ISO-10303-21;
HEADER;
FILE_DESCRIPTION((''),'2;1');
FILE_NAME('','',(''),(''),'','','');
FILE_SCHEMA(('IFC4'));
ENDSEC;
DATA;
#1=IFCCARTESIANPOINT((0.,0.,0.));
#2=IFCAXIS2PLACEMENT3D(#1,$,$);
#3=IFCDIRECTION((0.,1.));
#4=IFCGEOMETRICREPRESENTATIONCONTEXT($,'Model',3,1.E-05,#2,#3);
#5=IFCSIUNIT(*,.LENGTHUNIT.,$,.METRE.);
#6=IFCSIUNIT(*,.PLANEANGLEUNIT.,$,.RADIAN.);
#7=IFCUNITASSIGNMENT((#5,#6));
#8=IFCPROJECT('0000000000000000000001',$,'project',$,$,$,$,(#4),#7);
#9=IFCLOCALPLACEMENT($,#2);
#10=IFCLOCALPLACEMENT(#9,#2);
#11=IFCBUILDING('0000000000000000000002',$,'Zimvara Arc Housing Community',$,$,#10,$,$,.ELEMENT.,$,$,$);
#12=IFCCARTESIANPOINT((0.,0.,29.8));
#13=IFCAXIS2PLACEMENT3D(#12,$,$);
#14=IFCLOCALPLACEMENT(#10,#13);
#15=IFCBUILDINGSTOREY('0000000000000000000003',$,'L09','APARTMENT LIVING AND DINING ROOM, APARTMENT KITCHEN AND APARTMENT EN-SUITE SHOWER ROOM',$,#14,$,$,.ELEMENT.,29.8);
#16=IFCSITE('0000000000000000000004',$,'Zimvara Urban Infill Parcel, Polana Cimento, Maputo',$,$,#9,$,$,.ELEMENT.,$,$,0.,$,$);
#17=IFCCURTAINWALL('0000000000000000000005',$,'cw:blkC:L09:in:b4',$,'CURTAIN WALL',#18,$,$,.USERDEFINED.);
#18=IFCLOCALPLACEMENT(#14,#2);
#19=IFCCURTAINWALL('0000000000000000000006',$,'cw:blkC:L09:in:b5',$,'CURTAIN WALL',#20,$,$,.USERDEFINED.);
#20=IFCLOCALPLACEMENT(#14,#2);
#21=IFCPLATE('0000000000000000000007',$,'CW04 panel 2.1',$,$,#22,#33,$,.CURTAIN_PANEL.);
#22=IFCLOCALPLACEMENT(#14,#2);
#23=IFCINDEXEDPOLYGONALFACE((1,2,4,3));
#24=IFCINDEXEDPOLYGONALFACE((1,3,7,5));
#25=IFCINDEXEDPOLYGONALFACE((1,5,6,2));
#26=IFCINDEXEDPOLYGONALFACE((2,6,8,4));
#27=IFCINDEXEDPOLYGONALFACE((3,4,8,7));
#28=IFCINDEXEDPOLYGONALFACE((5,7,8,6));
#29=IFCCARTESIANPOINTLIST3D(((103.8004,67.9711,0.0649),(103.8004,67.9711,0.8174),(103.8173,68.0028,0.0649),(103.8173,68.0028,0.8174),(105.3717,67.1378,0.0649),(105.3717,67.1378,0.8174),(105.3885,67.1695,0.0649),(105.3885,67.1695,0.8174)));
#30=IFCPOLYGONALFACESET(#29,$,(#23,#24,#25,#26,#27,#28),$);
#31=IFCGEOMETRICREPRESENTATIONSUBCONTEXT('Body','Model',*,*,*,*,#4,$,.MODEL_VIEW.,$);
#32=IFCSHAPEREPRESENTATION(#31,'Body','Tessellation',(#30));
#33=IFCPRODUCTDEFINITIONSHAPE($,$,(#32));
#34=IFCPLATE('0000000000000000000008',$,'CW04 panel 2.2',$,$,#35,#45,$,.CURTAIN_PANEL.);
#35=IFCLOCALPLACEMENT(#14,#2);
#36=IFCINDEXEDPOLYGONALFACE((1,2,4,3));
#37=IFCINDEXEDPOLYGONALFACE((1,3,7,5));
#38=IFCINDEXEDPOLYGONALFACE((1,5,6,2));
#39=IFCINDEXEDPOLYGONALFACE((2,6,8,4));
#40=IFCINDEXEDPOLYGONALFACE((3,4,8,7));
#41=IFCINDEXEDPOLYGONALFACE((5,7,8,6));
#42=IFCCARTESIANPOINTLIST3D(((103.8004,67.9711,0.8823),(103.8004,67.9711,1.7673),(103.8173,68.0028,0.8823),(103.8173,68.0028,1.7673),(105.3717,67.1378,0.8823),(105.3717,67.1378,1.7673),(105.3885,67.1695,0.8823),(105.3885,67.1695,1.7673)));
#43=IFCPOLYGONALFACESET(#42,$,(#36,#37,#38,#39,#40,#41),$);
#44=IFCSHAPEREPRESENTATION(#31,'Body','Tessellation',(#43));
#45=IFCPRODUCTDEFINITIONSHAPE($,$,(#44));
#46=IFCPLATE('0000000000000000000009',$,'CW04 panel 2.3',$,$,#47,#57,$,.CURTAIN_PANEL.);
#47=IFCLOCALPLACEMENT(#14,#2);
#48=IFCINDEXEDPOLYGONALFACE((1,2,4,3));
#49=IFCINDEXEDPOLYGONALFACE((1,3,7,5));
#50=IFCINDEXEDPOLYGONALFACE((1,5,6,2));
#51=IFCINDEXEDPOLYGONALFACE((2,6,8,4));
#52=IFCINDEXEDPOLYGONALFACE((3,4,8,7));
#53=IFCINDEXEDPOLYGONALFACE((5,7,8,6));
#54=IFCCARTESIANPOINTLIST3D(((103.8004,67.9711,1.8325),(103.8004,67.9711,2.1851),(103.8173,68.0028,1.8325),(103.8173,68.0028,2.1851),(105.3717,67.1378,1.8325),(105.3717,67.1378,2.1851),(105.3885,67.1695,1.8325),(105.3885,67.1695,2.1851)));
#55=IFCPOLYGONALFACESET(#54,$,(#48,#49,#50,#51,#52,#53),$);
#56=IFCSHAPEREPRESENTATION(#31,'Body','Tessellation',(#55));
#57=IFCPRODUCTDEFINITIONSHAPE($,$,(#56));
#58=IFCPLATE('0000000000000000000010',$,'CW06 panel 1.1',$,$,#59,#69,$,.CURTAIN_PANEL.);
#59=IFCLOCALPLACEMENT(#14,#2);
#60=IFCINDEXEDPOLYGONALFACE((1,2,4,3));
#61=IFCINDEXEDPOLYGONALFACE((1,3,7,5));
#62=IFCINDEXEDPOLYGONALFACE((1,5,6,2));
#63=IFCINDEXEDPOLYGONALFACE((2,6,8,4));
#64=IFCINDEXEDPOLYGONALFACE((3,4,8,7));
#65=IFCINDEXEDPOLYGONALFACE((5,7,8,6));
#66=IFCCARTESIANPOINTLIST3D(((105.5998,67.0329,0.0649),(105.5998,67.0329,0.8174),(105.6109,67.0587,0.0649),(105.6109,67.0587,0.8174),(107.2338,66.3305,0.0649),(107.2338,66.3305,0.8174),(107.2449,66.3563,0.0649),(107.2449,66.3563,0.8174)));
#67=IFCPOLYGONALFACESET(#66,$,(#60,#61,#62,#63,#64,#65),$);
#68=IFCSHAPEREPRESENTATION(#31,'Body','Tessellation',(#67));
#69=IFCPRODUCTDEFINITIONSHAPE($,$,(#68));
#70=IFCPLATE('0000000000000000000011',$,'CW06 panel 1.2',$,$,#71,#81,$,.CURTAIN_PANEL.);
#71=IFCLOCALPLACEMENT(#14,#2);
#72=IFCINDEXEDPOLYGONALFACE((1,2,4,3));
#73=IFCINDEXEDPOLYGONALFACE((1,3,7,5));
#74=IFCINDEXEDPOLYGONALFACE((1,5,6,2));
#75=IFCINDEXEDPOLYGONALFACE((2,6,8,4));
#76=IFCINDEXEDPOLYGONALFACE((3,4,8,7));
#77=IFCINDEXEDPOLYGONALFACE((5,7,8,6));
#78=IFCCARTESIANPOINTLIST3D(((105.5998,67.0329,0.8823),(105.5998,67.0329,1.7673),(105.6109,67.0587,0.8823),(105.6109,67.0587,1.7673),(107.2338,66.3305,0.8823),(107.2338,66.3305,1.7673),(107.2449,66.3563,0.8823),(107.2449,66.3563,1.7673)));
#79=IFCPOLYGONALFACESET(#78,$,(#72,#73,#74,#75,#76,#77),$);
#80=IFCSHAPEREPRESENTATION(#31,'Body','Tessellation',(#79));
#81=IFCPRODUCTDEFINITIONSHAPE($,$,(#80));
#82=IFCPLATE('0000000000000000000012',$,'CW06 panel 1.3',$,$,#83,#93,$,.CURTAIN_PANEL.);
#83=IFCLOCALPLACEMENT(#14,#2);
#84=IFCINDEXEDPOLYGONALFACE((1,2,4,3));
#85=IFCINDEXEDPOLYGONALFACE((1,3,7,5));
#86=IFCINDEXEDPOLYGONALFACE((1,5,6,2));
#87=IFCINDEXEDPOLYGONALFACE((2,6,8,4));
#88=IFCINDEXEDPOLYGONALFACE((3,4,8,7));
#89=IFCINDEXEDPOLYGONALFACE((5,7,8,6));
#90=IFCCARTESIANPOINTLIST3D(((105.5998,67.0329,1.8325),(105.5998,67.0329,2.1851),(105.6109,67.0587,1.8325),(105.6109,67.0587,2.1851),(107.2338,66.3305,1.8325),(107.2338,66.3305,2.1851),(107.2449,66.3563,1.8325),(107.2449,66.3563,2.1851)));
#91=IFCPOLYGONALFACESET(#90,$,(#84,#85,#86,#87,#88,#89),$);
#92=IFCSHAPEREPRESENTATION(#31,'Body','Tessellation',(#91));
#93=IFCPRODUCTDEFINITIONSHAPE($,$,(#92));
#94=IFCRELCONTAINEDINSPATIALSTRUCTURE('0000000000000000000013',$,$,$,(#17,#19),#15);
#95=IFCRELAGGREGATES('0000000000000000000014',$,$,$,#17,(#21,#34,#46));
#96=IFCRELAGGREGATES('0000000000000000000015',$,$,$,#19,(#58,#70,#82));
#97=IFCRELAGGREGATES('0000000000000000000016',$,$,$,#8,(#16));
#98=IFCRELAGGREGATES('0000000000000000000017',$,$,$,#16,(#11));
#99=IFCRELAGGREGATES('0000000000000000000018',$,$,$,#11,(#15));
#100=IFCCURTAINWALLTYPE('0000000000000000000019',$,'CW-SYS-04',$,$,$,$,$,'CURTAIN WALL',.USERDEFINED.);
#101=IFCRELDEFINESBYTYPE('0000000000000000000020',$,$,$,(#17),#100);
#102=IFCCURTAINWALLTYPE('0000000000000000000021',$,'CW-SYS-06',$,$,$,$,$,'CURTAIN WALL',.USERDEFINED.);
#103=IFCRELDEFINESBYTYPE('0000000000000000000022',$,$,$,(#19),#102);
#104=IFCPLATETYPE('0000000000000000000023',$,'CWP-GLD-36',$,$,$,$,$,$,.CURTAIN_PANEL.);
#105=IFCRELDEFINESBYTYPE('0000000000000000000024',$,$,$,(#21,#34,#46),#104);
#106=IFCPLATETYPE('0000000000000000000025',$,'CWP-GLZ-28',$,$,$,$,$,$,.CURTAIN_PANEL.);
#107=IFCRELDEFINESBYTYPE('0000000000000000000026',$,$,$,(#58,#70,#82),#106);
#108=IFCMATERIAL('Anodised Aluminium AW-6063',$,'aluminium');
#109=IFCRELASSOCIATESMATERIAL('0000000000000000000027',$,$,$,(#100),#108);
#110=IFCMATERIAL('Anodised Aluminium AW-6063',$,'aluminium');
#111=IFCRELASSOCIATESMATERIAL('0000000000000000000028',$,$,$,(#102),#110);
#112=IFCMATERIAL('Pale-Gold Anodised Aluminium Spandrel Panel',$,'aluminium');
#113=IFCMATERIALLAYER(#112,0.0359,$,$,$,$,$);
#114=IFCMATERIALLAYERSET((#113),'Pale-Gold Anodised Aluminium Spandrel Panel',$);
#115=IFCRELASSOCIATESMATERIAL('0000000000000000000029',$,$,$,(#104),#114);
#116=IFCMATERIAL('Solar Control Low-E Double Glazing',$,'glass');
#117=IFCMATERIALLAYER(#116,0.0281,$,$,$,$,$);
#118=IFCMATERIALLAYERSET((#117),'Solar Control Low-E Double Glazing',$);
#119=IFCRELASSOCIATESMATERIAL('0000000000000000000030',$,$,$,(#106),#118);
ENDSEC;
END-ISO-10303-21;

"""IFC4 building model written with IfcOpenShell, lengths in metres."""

from ifc_helpers import new_model, si_unit, direction, frame, origin, origin_2d, place, context, subcontext, project, spatial, rectangle, extrude, material, layer, layer_set, type_object, element, aggregate, save


model = new_model("IFC4")

# Units and contexts
model_context = context("Model", 3, precision=1e-05, world=origin(), true_north=direction((0.0, 1.0)))
body_context = subcontext(model_context, "Body", "Model", "MODEL_VIEW")
ifc_project = project(units=[si_unit("LENGTHUNIT", "METRE"), si_unit("PLANEANGLEUNIT", "RADIAN")], contexts=[model_context])

# Site, building, storey
site_placement = place(None, origin())
site = spatial("IfcSite", under=ifc_project, at=site_placement, Name="Zimvara Urban Infill Parcel, Polana Cimento, Maputo", CompositionType="ELEMENT", RefElevation=0.0)
building_placement = place(site_placement, origin())
building = spatial("IfcBuilding", under=site, at=building_placement, Name="Zimvara Arc Housing Community", CompositionType="ELEMENT")
storey_placement = place(building_placement, frame((0.0, 0.0, 29.8)))
storey = spatial("IfcBuildingStorey", under=building, at=storey_placement, Name="L09", Description="APARTMENT LIVING AND DINING ROOM, APARTMENT KITCHEN AND APARTMENT EN-SUITE SHOWER ROOM", CompositionType="ELEMENT", Elevation=29.8)

# Curtain wall
ifc_material_1 = material(Name="Anodised Aluminium AW-6063", Category="aluminium")
curtain_wall_type_1 = type_object("IfcCurtainWallType", Name="CW-SYS-04", ElementType="CURTAIN WALL", PredefinedType="USERDEFINED", material=ifc_material_1)
curtain_wall_1_placement = place(storey_placement, origin())
curtain_wall_1 = element("IfcCurtainWall", 1, at=curtain_wall_1_placement, inside=storey, type_object=curtain_wall_type_1, Name="cw:blkC:L09:in:b4", ObjectType="CURTAIN WALL", PredefinedType="USERDEFINED")

# Curtain wall
ifc_material_2 = material(Name="Anodised Aluminium AW-6063", Category="aluminium")
curtain_wall_type_2 = type_object("IfcCurtainWallType", Name="CW-SYS-06", ElementType="CURTAIN WALL", PredefinedType="USERDEFINED", material=ifc_material_2)
curtain_wall_2_placement = place(storey_placement, origin())
curtain_wall_2 = element("IfcCurtainWall", 2, at=curtain_wall_2_placement, inside=storey, type_object=curtain_wall_type_2, Name="cw:blkC:L09:in:b5", ObjectType="CURTAIN WALL", PredefinedType="USERDEFINED")

# Plates
ifc_material_3 = material(Name="Pale-Gold Anodised Aluminium Spandrel Panel", Category="aluminium")
ifc_layer_1 = layer(ifc_material_3, 0.0359)
ifc_layer_set_1 = layer_set([ifc_layer_1], Name="Pale-Gold Anodised Aluminium Spandrel Panel")
plate_type_1 = type_object("IfcPlateType", Name="CWP-GLD-36", PredefinedType="CURTAIN_PANEL", material=ifc_layer_set_1)
plate_1_placement = place(storey_placement, frame((104.5945, 67.5703, 0.0649), z_axis=(0.0, 0.0, 1.0), x_axis=(0.883439, -0.468547, 0.0)))
plate_1 = element("IfcPlate", 3, at=plate_1_placement, type_object=plate_type_1, Name="CW04 panel 2.1", PredefinedType="CURTAIN_PANEL", context=body_context, shape_type="SweptSolid", body=[
    extrude(rectangle(XDim=1.7786, YDim=0.0359, at=origin_2d()), origin(), (0.0, 0.0, 1.0), 0.7524),
])
plate_2_placement = place(storey_placement, frame((104.5945, 67.5703, 0.8823), z_axis=(0.0, 0.0, 1.0), x_axis=(0.883439, -0.468547, 0.0)))
plate_2 = element("IfcPlate", 4, at=plate_2_placement, type_object=plate_type_1, Name="CW04 panel 2.2", PredefinedType="CURTAIN_PANEL", context=body_context, shape_type="SweptSolid", body=[
    extrude(rectangle(XDim=1.7786, YDim=0.0359, at=origin_2d()), origin(), (0.0, 0.0, 1.0), 0.885),
])
plate_3_placement = place(storey_placement, frame((104.5945, 67.5703, 1.8325), z_axis=(0.0, 0.0, 1.0), x_axis=(0.883439, -0.468547, 0.0)))
plate_3 = element("IfcPlate", 5, at=plate_3_placement, type_object=plate_type_1, Name="CW04 panel 2.3", PredefinedType="CURTAIN_PANEL", context=body_context, shape_type="SweptSolid", body=[
    extrude(rectangle(XDim=1.7786, YDim=0.0359, at=origin_2d()), origin(), (0.0, 0.0, 1.0), 0.3525),
])
aggregate(curtain_wall_1, [plate_1, plate_2, plate_3])
ifc_material_4 = material(Name="Solar Control Low-E Double Glazing", Category="glass")
ifc_layer_2 = layer(ifc_material_4, 0.0281)
ifc_layer_set_2 = layer_set([ifc_layer_2], Name="Solar Control Low-E Double Glazing")
plate_type_2 = type_object("IfcPlateType", Name="CWP-GLZ-28", PredefinedType="CURTAIN_PANEL", material=ifc_layer_set_2)
plate_4_placement = place(storey_placement, frame((106.4224, 66.6946, 0.0649), z_axis=(0.0, 0.0, 1.0), x_axis=(0.918722, -0.394904, 0.0)))
plate_4 = element("IfcPlate", 6, at=plate_4_placement, type_object=plate_type_2, Name="CW06 panel 1.1", PredefinedType="CURTAIN_PANEL", context=body_context, shape_type="SweptSolid", body=[
    extrude(rectangle(XDim=1.7786, YDim=0.0281, at=origin_2d()), origin(), (0.0, 0.0, 1.0), 0.7524),
])
plate_5_placement = place(storey_placement, frame((106.4224, 66.6946, 0.8823), z_axis=(0.0, 0.0, 1.0), x_axis=(0.918722, -0.394904, 0.0)))
plate_5 = element("IfcPlate", 7, at=plate_5_placement, type_object=plate_type_2, Name="CW06 panel 1.2", PredefinedType="CURTAIN_PANEL", context=body_context, shape_type="SweptSolid", body=[
    extrude(rectangle(XDim=1.7786, YDim=0.0281, at=origin_2d()), origin(), (0.0, 0.0, 1.0), 0.885),
])
plate_6_placement = place(storey_placement, frame((106.4224, 66.6946, 1.8325), z_axis=(0.0, 0.0, 1.0), x_axis=(0.918722, -0.394904, 0.0)))
plate_6 = element("IfcPlate", 8, at=plate_6_placement, type_object=plate_type_2, Name="CW06 panel 1.3", PredefinedType="CURTAIN_PANEL", context=body_context, shape_type="SweptSolid", body=[
    extrude(rectangle(XDim=1.7786, YDim=0.0281, at=origin_2d()), origin(), (0.0, 0.0, 1.0), 0.3525),
])
aggregate(curtain_wall_2, [plate_4, plate_5, plate_6])

save(model, "model.ifc")
